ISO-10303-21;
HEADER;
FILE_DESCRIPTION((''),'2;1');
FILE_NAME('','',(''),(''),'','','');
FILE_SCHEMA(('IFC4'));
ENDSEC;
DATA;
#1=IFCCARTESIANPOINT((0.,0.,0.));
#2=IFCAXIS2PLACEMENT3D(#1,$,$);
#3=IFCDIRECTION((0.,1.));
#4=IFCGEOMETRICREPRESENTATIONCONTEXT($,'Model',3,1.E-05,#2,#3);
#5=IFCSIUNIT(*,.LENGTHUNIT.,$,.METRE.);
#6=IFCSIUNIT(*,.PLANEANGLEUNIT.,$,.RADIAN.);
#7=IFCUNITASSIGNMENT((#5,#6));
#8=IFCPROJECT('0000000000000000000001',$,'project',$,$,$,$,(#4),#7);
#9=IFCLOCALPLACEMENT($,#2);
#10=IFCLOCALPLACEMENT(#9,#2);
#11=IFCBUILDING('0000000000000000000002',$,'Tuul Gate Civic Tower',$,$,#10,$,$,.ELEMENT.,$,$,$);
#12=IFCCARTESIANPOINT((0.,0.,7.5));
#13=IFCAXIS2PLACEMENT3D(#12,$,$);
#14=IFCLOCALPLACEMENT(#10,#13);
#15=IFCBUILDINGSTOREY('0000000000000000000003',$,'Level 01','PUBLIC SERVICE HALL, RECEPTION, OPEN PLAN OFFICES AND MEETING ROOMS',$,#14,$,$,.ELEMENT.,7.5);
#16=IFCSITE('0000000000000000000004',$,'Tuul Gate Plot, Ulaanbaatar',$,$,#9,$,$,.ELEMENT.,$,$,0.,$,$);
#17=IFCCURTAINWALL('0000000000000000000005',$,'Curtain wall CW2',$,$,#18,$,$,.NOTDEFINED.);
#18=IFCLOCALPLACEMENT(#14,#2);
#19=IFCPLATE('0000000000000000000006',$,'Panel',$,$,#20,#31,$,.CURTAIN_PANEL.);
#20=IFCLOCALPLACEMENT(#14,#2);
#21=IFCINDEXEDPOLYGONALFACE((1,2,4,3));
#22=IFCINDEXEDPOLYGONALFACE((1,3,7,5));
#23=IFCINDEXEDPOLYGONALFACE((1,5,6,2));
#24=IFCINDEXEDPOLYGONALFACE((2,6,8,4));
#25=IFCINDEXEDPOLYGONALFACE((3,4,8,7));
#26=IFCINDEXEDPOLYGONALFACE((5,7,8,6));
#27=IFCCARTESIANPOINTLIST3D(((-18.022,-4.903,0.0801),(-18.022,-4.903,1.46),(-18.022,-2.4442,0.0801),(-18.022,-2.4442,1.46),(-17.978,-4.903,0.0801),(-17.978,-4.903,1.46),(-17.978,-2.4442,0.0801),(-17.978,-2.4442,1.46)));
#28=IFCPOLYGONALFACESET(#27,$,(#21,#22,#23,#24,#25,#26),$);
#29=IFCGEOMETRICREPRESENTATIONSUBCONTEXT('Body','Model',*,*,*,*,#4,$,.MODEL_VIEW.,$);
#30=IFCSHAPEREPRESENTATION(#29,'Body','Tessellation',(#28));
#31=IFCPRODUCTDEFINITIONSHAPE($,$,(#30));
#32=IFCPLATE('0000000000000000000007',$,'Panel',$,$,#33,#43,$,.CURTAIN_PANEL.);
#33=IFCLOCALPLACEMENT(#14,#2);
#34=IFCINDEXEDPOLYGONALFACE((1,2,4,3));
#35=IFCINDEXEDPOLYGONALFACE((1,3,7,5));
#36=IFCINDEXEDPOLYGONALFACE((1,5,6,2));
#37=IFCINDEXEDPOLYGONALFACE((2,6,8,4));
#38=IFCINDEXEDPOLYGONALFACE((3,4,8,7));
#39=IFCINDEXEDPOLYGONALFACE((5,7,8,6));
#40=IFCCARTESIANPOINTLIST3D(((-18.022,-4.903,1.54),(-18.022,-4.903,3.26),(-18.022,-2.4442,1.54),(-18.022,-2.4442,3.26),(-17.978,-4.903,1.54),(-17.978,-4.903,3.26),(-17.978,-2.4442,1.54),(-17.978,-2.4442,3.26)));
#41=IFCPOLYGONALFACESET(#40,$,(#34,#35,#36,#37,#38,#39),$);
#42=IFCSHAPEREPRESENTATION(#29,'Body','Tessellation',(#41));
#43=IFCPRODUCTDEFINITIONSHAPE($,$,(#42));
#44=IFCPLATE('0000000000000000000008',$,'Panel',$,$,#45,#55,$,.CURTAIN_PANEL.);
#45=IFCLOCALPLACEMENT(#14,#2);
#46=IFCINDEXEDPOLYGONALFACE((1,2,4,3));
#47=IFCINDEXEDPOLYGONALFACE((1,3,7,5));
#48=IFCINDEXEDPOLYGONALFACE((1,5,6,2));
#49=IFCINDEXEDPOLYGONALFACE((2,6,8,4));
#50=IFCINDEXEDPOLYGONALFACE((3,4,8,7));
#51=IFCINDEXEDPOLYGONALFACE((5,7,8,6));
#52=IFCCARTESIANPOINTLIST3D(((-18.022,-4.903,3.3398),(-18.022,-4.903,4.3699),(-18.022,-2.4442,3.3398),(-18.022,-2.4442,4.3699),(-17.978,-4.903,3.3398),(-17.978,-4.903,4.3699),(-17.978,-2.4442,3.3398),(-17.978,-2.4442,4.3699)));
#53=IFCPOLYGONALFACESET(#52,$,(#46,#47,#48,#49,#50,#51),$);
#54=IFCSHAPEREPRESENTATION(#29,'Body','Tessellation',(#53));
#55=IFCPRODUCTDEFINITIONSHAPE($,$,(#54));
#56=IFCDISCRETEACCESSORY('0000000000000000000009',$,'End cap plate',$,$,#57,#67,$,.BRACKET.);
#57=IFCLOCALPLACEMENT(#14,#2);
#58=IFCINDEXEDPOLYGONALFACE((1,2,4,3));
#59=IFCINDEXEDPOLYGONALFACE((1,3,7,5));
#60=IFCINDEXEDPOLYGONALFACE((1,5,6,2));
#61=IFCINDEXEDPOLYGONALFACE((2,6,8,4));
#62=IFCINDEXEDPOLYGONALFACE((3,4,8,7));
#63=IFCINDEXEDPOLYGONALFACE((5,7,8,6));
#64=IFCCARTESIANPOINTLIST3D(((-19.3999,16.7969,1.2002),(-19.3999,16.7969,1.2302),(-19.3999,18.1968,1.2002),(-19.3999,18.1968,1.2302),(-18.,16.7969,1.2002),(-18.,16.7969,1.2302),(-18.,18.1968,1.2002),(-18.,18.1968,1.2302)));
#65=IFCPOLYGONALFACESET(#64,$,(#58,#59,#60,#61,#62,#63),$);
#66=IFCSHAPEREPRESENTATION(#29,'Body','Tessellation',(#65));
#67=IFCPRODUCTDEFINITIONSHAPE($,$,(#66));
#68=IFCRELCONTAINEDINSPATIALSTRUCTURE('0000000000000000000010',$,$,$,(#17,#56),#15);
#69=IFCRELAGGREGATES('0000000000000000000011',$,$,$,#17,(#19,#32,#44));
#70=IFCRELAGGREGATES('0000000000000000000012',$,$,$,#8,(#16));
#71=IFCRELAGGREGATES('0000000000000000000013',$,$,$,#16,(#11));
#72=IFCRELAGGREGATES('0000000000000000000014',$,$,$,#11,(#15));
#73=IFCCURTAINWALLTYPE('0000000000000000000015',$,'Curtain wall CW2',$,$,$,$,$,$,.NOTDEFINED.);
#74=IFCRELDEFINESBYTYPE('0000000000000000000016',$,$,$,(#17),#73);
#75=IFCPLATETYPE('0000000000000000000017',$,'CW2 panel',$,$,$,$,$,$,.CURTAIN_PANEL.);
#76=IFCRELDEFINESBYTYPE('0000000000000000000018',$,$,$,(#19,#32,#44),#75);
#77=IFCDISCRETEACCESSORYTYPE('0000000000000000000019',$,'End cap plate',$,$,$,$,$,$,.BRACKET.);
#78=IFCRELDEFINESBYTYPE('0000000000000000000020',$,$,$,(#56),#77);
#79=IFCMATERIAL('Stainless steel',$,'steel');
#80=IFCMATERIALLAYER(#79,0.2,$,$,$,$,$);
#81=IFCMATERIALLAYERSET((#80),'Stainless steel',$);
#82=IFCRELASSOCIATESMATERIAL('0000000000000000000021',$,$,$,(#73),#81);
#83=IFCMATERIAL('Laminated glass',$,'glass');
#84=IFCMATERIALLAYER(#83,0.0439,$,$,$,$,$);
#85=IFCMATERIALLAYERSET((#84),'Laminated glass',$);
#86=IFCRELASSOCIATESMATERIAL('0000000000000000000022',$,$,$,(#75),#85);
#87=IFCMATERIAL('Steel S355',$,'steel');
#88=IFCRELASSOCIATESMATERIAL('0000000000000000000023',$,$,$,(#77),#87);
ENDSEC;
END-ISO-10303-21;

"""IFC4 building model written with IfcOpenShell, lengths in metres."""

from ifc_helpers import new_model, si_unit, direction, frame, origin, origin_2d, place, context, subcontext, project, spatial, rectangle, extrude, material, layer, layer_set, type_object, element, aggregate, save


model = new_model("IFC4")

# Units and contexts
model_context = context("Model", 3, precision=1e-05, world=origin(), true_north=direction((0.0, 1.0)))
body_context = subcontext(model_context, "Body", "Model", "MODEL_VIEW")
ifc_project = project(units=[si_unit("LENGTHUNIT", "METRE"), si_unit("PLANEANGLEUNIT", "RADIAN")], contexts=[model_context])

# Site, building, storey
site_placement = place(None, origin())
site = spatial("IfcSite", under=ifc_project, at=site_placement, Name="Tuul Gate Plot, Ulaanbaatar", CompositionType="ELEMENT", RefElevation=0.0)
building_placement = place(site_placement, origin())
building = spatial("IfcBuilding", under=site, at=building_placement, Name="Tuul Gate Civic Tower", CompositionType="ELEMENT")
storey_placement = place(building_placement, frame((0.0, 0.0, 7.5)))
storey = spatial("IfcBuildingStorey", under=building, at=storey_placement, Name="Level 01", Description="PUBLIC SERVICE HALL, RECEPTION, OPEN PLAN OFFICES AND MEETING ROOMS", CompositionType="ELEMENT", Elevation=7.5)

# Shared definitions
ifc_material_1 = material(Name="Stainless steel", Category="steel")
ifc_layer_1 = layer(ifc_material_1, 0.2)
ifc_layer_set_1 = layer_set([ifc_layer_1], Name="Stainless steel")
curtain_wall_type_1 = type_object("IfcCurtainWallType", Name="Curtain wall CW2", PredefinedType="NOTDEFINED", material=ifc_layer_set_1)

# Curtain wall
curtain_wall_1_placement = place(storey_placement, origin())
curtain_wall_1 = element("IfcCurtainWall", 1, at=curtain_wall_1_placement, inside=storey, type_object=curtain_wall_type_1, Name="Curtain wall CW2", PredefinedType="NOTDEFINED")

# Plates
ifc_material_2 = material(Name="Laminated glass", Category="glass")
ifc_layer_2 = layer(ifc_material_2, 0.0439)
ifc_layer_set_2 = layer_set([ifc_layer_2], Name="Laminated glass")
plate_type = type_object("IfcPlateType", Name="CW2 panel", PredefinedType="CURTAIN_PANEL", material=ifc_layer_set_2)
plate_1_placement = place(storey_placement, frame((-18.0, -3.6736, 0.0801), z_axis=(0.0, 0.0, 1.0), x_axis=(0.0, 1.0, 0.0)))
plate_1 = element("IfcPlate", 2, at=plate_1_placement, type_object=plate_type, Name="Panel", PredefinedType="CURTAIN_PANEL", context=body_context, shape_type="SweptSolid", body=[
    extrude(rectangle(XDim=2.4587, YDim=0.0439, at=origin_2d()), origin(), (0.0, 0.0, 1.0), 1.3799),
])
plate_2_placement = place(storey_placement, frame((-18.0, -3.6736, 1.54), z_axis=(0.0, 0.0, 1.0), x_axis=(0.0, 1.0, 0.0)))
plate_2 = element("IfcPlate", 3, at=plate_2_placement, type_object=plate_type, Name="Panel", PredefinedType="CURTAIN_PANEL", context=body_context, shape_type="SweptSolid", body=[
    extrude(rectangle(XDim=2.4587, YDim=0.0439, at=origin_2d()), origin(), (0.0, 0.0, 1.0), 1.72),
])
plate_3_placement = place(storey_placement, frame((-18.0, -3.6736, 3.3398), z_axis=(0.0, 0.0, 1.0), x_axis=(0.0, 1.0, 0.0)))
plate_3 = element("IfcPlate", 4, at=plate_3_placement, type_object=plate_type, Name="Panel", PredefinedType="CURTAIN_PANEL", context=body_context, shape_type="SweptSolid", body=[
    extrude(rectangle(XDim=2.4587, YDim=0.0439, at=origin_2d()), origin(), (0.0, 0.0, 1.0), 1.03),
])
aggregate(curtain_wall_1, [plate_1, plate_2, plate_3])

# Discrete accessory
ifc_material_3 = material(Name="Steel S355", Category="steel")
discrete_accessory_type = type_object("IfcDiscreteAccessoryType", Name="End cap plate", PredefinedType="BRACKET", material=ifc_material_3)
discrete_accessory_placement = place(storey_placement, frame((-18.7, 17.4968, 1.2002), z_axis=(0.0, 0.0, 1.0), x_axis=(1.0, 0.0, 0.0)))
element("IfcDiscreteAccessory", 5, at=discrete_accessory_placement, inside=storey, type_object=discrete_accessory_type, Name="End cap plate", PredefinedType="BRACKET", context=body_context, shape_type="SweptSolid", body=[
    extrude(rectangle(XDim=1.3999, YDim=1.3999, at=origin_2d()), origin(), (0.0, 0.0, 1.0), 0.03),
])

save(model, "model.ifc")
